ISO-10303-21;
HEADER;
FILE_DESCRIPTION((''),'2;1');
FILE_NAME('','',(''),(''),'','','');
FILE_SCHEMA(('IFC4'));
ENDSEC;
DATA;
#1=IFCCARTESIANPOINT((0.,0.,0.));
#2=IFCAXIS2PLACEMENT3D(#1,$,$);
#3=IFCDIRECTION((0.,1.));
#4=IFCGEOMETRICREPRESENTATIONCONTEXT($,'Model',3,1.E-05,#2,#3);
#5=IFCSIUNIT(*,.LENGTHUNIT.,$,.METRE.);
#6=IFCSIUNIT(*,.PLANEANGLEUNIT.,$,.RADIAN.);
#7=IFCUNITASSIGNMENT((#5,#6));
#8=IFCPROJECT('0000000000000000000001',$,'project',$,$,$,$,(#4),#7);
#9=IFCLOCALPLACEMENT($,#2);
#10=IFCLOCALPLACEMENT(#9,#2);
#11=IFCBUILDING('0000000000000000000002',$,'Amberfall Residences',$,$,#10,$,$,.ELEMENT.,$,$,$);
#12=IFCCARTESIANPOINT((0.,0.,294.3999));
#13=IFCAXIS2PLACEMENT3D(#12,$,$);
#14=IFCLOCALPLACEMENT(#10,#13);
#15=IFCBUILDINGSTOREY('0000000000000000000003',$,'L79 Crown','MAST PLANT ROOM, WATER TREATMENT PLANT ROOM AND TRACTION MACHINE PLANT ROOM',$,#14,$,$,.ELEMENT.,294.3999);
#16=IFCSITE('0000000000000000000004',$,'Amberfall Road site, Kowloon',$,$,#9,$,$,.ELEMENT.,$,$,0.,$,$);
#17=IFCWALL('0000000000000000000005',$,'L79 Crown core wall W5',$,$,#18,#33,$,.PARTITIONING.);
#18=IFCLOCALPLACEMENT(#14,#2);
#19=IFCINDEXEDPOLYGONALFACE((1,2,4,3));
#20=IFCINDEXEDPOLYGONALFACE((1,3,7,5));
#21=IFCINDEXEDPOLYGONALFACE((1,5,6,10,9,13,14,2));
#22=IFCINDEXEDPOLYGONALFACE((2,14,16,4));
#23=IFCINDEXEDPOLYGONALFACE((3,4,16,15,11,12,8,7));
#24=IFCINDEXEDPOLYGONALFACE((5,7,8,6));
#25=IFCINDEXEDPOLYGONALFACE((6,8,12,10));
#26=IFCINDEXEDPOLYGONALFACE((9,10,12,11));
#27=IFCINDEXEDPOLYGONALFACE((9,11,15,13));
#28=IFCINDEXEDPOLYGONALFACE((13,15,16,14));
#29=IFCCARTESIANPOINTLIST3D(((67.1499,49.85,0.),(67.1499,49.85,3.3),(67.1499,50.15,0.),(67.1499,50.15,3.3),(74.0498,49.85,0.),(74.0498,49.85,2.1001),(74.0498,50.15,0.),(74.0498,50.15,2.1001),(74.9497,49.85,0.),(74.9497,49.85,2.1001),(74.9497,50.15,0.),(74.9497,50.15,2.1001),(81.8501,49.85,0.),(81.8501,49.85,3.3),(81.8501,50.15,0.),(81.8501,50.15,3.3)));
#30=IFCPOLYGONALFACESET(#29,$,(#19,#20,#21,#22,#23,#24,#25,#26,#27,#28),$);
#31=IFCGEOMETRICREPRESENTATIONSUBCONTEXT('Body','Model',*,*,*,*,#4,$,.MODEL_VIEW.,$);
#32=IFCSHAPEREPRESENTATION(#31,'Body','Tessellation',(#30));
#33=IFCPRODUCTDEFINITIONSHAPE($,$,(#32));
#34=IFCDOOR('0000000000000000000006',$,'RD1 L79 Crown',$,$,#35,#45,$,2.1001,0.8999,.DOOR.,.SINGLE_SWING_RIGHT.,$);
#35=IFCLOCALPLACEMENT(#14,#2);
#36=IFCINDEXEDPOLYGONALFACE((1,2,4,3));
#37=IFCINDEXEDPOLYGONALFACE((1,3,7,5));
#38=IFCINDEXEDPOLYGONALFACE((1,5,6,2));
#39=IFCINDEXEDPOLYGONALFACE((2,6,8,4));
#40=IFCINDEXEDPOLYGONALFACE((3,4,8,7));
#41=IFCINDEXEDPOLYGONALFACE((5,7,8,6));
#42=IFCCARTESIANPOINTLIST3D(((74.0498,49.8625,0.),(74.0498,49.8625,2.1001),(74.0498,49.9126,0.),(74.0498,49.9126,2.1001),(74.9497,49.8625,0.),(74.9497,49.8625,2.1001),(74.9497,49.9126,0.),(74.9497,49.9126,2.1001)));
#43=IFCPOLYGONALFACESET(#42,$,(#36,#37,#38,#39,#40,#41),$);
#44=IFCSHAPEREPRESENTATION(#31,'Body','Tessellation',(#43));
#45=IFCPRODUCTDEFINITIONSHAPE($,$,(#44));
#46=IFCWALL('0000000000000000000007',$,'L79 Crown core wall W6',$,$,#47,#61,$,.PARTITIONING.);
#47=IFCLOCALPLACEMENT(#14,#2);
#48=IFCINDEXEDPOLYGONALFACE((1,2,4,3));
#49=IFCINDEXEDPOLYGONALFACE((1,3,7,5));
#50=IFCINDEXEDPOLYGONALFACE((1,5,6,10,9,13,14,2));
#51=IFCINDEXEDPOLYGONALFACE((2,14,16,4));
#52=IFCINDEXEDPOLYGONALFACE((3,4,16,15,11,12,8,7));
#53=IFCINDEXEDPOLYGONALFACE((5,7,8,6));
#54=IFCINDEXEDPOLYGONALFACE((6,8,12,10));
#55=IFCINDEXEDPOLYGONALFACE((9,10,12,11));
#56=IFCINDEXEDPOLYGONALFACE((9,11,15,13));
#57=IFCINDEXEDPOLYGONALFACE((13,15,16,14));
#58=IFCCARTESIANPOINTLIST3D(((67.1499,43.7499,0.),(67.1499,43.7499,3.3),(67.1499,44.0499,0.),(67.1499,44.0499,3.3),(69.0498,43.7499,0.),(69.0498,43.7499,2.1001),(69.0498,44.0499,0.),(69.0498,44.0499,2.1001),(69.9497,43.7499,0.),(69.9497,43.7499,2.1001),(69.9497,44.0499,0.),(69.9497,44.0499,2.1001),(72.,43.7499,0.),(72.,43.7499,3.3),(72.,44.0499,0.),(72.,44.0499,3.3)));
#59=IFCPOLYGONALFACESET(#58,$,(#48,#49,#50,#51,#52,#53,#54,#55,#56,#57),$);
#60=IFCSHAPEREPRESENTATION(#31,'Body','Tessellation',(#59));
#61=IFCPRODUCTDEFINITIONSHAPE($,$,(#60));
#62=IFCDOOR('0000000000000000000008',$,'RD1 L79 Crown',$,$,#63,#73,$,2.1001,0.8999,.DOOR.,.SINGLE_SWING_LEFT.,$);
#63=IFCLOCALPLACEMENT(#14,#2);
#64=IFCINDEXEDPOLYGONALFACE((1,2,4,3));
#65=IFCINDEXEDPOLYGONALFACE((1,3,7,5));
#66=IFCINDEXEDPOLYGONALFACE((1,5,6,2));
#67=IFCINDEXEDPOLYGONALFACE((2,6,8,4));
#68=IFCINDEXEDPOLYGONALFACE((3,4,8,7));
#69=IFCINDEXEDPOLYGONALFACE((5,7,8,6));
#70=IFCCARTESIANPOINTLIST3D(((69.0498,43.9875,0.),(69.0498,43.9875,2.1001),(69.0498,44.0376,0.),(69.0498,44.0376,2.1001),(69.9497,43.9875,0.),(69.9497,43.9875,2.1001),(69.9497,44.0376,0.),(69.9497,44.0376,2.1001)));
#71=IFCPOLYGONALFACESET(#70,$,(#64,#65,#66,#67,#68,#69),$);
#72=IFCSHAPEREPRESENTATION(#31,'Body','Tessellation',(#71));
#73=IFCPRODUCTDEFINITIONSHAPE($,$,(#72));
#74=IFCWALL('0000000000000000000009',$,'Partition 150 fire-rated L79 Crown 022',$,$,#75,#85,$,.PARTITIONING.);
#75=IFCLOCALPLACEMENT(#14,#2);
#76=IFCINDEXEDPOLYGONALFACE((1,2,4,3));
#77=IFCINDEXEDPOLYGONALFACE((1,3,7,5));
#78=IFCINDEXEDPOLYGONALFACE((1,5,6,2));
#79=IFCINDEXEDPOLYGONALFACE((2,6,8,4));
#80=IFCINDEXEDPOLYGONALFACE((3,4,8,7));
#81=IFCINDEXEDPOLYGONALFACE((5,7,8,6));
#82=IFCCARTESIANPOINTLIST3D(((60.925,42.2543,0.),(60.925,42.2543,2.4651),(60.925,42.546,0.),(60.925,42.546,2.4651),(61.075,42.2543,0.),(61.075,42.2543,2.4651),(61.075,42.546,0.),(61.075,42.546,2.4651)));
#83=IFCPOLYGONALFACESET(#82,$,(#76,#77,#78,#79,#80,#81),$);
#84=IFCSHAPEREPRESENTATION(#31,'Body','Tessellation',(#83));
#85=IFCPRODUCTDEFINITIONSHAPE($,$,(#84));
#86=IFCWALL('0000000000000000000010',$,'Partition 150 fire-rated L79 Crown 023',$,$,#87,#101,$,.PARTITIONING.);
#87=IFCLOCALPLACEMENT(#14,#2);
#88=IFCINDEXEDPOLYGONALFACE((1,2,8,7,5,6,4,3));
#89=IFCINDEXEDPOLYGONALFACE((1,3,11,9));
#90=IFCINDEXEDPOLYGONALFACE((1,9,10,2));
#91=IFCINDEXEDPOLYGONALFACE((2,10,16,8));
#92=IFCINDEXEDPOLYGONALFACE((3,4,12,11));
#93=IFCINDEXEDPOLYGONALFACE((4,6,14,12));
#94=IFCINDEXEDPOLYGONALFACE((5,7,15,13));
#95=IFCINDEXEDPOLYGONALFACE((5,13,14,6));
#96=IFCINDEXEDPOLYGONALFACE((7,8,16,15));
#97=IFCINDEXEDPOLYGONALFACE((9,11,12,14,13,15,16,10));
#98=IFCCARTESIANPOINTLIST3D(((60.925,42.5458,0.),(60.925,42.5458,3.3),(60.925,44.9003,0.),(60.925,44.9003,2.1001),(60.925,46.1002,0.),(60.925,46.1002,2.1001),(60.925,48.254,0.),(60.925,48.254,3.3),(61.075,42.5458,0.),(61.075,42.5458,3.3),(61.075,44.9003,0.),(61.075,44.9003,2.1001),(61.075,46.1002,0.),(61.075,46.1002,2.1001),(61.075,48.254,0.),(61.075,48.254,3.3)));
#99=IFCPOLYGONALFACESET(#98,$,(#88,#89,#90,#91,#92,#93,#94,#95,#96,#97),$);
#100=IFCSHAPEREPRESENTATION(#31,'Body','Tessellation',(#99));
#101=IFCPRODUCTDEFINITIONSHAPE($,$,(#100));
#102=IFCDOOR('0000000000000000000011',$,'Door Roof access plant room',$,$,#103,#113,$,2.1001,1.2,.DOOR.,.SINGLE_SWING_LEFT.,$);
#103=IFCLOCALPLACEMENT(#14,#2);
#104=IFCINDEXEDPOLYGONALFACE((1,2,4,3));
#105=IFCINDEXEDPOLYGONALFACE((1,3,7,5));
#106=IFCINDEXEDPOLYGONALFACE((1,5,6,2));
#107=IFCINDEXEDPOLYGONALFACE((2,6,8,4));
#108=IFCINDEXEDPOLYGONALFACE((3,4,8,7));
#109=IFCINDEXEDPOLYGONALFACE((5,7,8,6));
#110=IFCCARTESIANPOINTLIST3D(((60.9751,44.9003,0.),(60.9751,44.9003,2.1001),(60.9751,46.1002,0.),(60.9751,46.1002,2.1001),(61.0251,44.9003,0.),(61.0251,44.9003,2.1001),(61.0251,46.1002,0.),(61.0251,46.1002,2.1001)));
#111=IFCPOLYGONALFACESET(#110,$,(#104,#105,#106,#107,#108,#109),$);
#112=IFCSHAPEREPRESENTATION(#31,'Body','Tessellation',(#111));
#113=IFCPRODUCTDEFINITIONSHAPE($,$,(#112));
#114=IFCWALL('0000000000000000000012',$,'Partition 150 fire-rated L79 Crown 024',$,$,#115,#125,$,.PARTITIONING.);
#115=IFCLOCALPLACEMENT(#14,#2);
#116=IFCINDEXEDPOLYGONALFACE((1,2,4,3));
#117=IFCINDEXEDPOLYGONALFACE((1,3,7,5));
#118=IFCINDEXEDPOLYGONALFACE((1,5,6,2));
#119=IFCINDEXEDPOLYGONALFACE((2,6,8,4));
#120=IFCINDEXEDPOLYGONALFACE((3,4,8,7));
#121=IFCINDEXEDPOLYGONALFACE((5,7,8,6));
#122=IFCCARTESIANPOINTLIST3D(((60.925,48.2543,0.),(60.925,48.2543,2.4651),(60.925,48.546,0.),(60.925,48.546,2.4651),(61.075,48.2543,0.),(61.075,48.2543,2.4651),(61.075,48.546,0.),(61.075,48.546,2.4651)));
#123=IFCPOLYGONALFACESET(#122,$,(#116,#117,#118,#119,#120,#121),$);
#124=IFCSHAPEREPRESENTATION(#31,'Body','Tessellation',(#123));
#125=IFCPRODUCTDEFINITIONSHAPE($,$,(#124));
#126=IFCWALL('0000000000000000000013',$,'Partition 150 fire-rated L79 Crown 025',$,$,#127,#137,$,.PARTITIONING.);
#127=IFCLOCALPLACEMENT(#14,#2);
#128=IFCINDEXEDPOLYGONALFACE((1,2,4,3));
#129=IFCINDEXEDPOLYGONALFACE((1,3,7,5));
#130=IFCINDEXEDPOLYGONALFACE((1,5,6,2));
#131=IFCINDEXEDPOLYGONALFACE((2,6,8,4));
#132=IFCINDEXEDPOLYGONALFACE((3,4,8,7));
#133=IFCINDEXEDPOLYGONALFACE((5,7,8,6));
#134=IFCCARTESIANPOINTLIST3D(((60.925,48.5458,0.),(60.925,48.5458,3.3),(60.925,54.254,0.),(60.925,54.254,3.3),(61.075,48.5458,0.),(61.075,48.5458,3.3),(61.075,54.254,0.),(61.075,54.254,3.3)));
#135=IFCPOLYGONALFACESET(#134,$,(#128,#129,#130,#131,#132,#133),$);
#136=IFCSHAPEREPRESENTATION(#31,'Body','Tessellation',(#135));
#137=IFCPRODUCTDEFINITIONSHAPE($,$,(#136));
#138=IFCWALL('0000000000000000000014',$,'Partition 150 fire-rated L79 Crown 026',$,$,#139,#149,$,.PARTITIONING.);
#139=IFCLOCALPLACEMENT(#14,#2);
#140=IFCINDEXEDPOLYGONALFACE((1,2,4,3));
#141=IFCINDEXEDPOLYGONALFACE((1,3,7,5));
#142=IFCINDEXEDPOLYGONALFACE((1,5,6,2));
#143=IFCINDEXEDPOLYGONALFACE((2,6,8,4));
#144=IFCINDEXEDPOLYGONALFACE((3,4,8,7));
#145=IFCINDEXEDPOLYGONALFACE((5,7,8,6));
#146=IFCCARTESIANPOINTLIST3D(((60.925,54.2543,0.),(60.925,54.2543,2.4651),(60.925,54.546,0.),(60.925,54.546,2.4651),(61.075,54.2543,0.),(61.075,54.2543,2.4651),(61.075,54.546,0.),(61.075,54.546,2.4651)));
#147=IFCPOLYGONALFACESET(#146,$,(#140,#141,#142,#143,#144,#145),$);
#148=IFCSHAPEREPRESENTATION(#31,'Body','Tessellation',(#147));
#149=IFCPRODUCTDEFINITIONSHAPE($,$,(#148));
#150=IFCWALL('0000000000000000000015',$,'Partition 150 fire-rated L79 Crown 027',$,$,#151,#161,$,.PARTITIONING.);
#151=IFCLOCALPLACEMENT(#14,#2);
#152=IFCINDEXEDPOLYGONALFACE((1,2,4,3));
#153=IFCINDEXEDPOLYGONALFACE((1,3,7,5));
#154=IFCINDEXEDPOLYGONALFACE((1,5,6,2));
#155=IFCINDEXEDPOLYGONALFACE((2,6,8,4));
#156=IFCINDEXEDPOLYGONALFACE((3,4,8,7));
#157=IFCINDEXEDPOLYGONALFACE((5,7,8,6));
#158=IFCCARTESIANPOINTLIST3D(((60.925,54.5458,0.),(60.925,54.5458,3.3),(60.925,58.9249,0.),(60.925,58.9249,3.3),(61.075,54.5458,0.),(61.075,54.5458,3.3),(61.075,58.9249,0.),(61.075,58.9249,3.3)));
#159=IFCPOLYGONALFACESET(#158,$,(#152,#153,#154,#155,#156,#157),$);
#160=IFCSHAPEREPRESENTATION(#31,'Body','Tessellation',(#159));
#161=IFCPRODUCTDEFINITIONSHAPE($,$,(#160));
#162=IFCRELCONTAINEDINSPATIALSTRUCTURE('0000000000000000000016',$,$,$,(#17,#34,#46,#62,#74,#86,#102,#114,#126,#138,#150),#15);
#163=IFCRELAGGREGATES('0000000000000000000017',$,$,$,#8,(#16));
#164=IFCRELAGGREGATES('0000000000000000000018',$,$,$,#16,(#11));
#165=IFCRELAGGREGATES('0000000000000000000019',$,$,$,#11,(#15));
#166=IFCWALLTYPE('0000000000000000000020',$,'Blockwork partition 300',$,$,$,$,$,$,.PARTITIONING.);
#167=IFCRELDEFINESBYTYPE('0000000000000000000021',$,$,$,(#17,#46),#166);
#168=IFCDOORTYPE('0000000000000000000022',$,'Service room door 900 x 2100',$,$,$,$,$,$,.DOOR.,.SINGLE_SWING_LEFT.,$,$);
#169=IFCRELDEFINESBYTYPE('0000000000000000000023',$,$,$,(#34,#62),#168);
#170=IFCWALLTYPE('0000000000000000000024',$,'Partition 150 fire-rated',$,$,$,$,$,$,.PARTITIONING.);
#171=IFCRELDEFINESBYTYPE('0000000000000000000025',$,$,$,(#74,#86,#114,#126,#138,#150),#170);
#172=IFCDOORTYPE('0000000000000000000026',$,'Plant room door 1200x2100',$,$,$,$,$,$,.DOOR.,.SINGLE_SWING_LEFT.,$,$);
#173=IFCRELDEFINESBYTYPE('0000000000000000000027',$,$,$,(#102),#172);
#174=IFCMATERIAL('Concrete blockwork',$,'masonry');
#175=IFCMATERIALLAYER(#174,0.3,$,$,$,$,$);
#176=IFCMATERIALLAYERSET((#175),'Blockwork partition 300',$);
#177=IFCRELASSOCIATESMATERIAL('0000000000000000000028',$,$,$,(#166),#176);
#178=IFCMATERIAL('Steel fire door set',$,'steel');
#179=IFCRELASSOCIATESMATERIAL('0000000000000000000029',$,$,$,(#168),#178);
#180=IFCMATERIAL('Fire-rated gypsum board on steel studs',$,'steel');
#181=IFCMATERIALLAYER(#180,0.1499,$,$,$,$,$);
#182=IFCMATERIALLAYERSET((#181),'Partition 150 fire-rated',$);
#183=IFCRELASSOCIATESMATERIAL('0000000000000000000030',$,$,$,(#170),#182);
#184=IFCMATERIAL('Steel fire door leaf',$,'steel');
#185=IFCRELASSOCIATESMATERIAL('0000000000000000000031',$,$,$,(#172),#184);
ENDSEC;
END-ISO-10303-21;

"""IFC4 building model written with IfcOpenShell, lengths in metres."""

from ifc_helpers import new_model, si_unit, direction, frame, frame_2d, origin, place, context, subcontext, project, spatial, rectangle, extrude, material, layer, layer_set, type_object, element, fill, save


model = new_model("IFC4")

# Units and contexts
model_context = context("Model", 3, precision=1e-05, world=origin(), true_north=direction((0.0, 1.0)))
body_context = subcontext(model_context, "Body", "Model", "MODEL_VIEW")
ifc_project = project(units=[si_unit("LENGTHUNIT", "METRE"), si_unit("PLANEANGLEUNIT", "RADIAN")], contexts=[model_context])

# Site, building, storey
site_placement = place(None, origin())
site = spatial("IfcSite", under=ifc_project, at=site_placement, Name="Amberfall Road site, Kowloon", CompositionType="ELEMENT", RefElevation=0.0)
building_placement = place(site_placement, origin())
building = spatial("IfcBuilding", under=site, at=building_placement, Name="Amberfall Residences", CompositionType="ELEMENT")
storey_placement = place(building_placement, frame((0.0, 0.0, 294.3999)))
storey = spatial("IfcBuildingStorey", under=building, at=storey_placement, Name="L79 Crown", Description="MAST PLANT ROOM, WATER TREATMENT PLANT ROOM AND TRACTION MACHINE PLANT ROOM", CompositionType="ELEMENT", Elevation=294.3999)

# Walls, openings, doors
ifc_material_1 = material(Name="Concrete blockwork", Category="masonry")
ifc_layer_1 = layer(ifc_material_1, 0.3)
ifc_layer_set_1 = layer_set([ifc_layer_1], Name="Blockwork partition 300")
wall_type_1 = type_object("IfcWallType", Name="Blockwork partition 300", PredefinedType="PARTITIONING", material=ifc_layer_set_1)
wall_1_placement = place(storey_placement, frame((67.1499, 50.0, 0.0), z_axis=(0.0, 0.0, 1.0), x_axis=(1.0, 0.0, 0.0)))
wall_1 = element("IfcWall", 1, at=wall_1_placement, inside=storey, type_object=wall_type_1, Name="L79 Crown core wall W5", PredefinedType="PARTITIONING", context=body_context, shape_type="SweptSolid", body=[
    extrude(rectangle(XDim=14.7002, YDim=0.3, at=frame_2d((7.3501, 0.0))), origin(), (0.0, 0.0, 1.0), 3.3),
])
opening_1_placement = place(wall_1_placement, frame((6.8999, 0.0, 0.0)))
opening_1 = element("IfcOpeningElement", 2, at=opening_1_placement, cuts=wall_1, PredefinedType="OPENING", context=body_context, shape_type="SweptSolid", body=[
    extrude(rectangle(XDim=0.8999, YDim=2.1001, at=frame_2d((0.45, 1.05))), frame((0.0, 0.1599, 0.0), z_axis=(0.0, -1.0, 0.0), x_axis=(1.0, 0.0, 0.0)), (0.0, 0.0, 1.0), 0.3201),
])
ifc_material_2 = material(Name="Steel fire door set", Category="steel")
door_type_1 = type_object("IfcDoorType", Name="Service room door 900 x 2100", OperationType="SINGLE_SWING_LEFT", PredefinedType="DOOR", material=ifc_material_2)
door_1_placement = place(opening_1_placement, origin())
door_1 = element("IfcDoor", 3, at=door_1_placement, inside=storey, type_object=door_type_1, Name="RD1 L79 Crown", OperationType="SINGLE_SWING_RIGHT", OverallHeight=2.1001, OverallWidth=0.8999, PredefinedType="DOOR", context=body_context, shape_type="SweptSolid", body=[
    extrude(rectangle(XDim=0.8999, YDim=2.1001, at=frame_2d((0.45, 1.05))), frame((0.0, -0.0874, 0.0), z_axis=(0.0, -1.0, 0.0), x_axis=(1.0, 0.0, 0.0)), (0.0, 0.0, 1.0), 0.05),
])
fill(opening_1, door_1)
wall_2_placement = place(storey_placement, frame((67.1499, 43.8999, 0.0), z_axis=(0.0, 0.0, 1.0), x_axis=(1.0, 0.0, 0.0)))
wall_2 = element("IfcWall", 4, at=wall_2_placement, inside=storey, type_object=wall_type_1, Name="L79 Crown core wall W6", PredefinedType="PARTITIONING", context=body_context, shape_type="SweptSolid", body=[
    extrude(rectangle(XDim=4.8501, YDim=0.3, at=frame_2d((2.425, 0.0))), origin(), (0.0, 0.0, 1.0), 3.3),
])
opening_2_placement = place(wall_2_placement, frame((1.8999, 0.0, 0.0)))
opening_2 = element("IfcOpeningElement", 5, at=opening_2_placement, cuts=wall_2, PredefinedType="OPENING", context=body_context, shape_type="SweptSolid", body=[
    extrude(rectangle(XDim=0.8999, YDim=2.1001, at=frame_2d((0.45, 1.05))), frame((0.0, 0.1599, 0.0), z_axis=(0.0, -1.0, 0.0), x_axis=(1.0, 0.0, 0.0)), (0.0, 0.0, 1.0), 0.3201),
])
door_2_placement = place(opening_2_placement, origin())
door_2 = element("IfcDoor", 6, at=door_2_placement, inside=storey, type_object=door_type_1, Name="RD1 L79 Crown", OperationType="SINGLE_SWING_LEFT", OverallHeight=2.1001, OverallWidth=0.8999, PredefinedType="DOOR", context=body_context, shape_type="SweptSolid", body=[
    extrude(rectangle(XDim=0.8999, YDim=2.1001, at=frame_2d((0.45, 1.05))), frame((0.0, 0.1377, 0.0), z_axis=(0.0, -1.0, 0.0), x_axis=(1.0, 0.0, 0.0)), (0.0, 0.0, 1.0), 0.05),
])
fill(opening_2, door_2)

# Wall
ifc_material_3 = material(Name="Fire-rated gypsum board on steel studs", Category="steel")
ifc_layer_2 = layer(ifc_material_3, 0.1499)
ifc_layer_set_2 = layer_set([ifc_layer_2], Name="Partition 150 fire-rated")
wall_type_2 = type_object("IfcWallType", Name="Partition 150 fire-rated", PredefinedType="PARTITIONING", material=ifc_layer_set_2)
wall_3_placement = place(storey_placement, frame((61.0, 42.2542, 0.0), z_axis=(0.0, 0.0, 1.0), x_axis=(0.0, 1.0, 0.0)))
element("IfcWall", 7, at=wall_3_placement, inside=storey, type_object=wall_type_2, Name="Partition 150 fire-rated L79 Crown 022", PredefinedType="PARTITIONING", context=body_context, shape_type="SweptSolid", body=[
    extrude(rectangle(XDim=0.2917, YDim=0.1499, at=frame_2d((0.146, 0.0))), origin(), (0.0, 0.0, 1.0), 2.4651),
])

# Wall, opening, door
wall_4_placement = place(storey_placement, frame((61.0, 42.5459, 0.0), z_axis=(0.0, 0.0, 1.0), x_axis=(0.0, 1.0, 0.0)))
wall_4 = element("IfcWall", 8, at=wall_4_placement, inside=storey, type_object=wall_type_2, Name="Partition 150 fire-rated L79 Crown 023", PredefinedType="PARTITIONING", context=body_context, shape_type="SweptSolid", body=[
    extrude(rectangle(XDim=5.7083, YDim=0.1499, at=frame_2d((2.854, 0.0))), origin(), (0.0, 0.0, 1.0), 3.3),
])
opening_3_placement = place(wall_4_placement, frame((2.3542, 0.0, 0.0)))
opening_3 = element("IfcOpeningElement", 9, at=opening_3_placement, cuts=wall_4, PredefinedType="OPENING", context=body_context, shape_type="SweptSolid", body=[
    extrude(rectangle(XDim=1.2, YDim=2.1001, at=frame_2d((0.6001, 1.05))), frame((0.0, 0.085, 0.0), z_axis=(0.0, -1.0, 0.0), x_axis=(1.0, 0.0, 0.0)), (0.0, 0.0, 1.0), 0.1699),
])
ifc_material_4 = material(Name="Steel fire door leaf", Category="steel")
door_type_2 = type_object("IfcDoorType", Name="Plant room door 1200x2100", OperationType="SINGLE_SWING_LEFT", PredefinedType="DOOR", material=ifc_material_4)
door_3_placement = place(opening_3_placement, origin())
door_3 = element("IfcDoor", 10, at=door_3_placement, inside=storey, type_object=door_type_2, Name="Door Roof access plant room", OperationType="SINGLE_SWING_LEFT", OverallHeight=2.1001, OverallWidth=1.2, PredefinedType="DOOR", context=body_context, shape_type="SweptSolid", body=[
    extrude(rectangle(XDim=1.2, YDim=2.1001, at=frame_2d((0.6001, 1.05))), frame((0.0, 0.0249, 0.0), z_axis=(0.0, -1.0, 0.0), x_axis=(1.0, 0.0, 0.0)), (0.0, 0.0, 1.0), 0.05),
])
fill(opening_3, door_3)

# Walls
wall_5_placement = place(storey_placement, frame((61.0, 48.2542, 0.0), z_axis=(0.0, 0.0, 1.0), x_axis=(0.0, 1.0, 0.0)))
element("IfcWall", 11, at=wall_5_placement, inside=storey, type_object=wall_type_2, Name="Partition 150 fire-rated L79 Crown 024", PredefinedType="PARTITIONING", context=body_context, shape_type="SweptSolid", body=[
    extrude(rectangle(XDim=0.2917, YDim=0.1499, at=frame_2d((0.146, 0.0))), origin(), (0.0, 0.0, 1.0), 2.4651),
])
wall_6_placement = place(storey_placement, frame((61.0, 48.5459, 0.0), z_axis=(0.0, 0.0, 1.0), x_axis=(0.0, 1.0, 0.0)))
element("IfcWall", 12, at=wall_6_placement, inside=storey, type_object=wall_type_2, Name="Partition 150 fire-rated L79 Crown 025", PredefinedType="PARTITIONING", context=body_context, shape_type="SweptSolid", body=[
    extrude(rectangle(XDim=5.7083, YDim=0.1499, at=frame_2d((2.854, 0.0))), origin(), (0.0, 0.0, 1.0), 3.3),
])
wall_7_placement = place(storey_placement, frame((61.0, 54.2542, 0.0), z_axis=(0.0, 0.0, 1.0), x_axis=(0.0, 1.0, 0.0)))
element("IfcWall", 13, at=wall_7_placement, inside=storey, type_object=wall_type_2, Name="Partition 150 fire-rated L79 Crown 026", PredefinedType="PARTITIONING", context=body_context, shape_type="SweptSolid", body=[
    extrude(rectangle(XDim=0.2917, YDim=0.1499, at=frame_2d((0.146, 0.0))), origin(), (0.0, 0.0, 1.0), 2.4651),
])
wall_8_placement = place(storey_placement, frame((61.0, 54.5459, 0.0), z_axis=(0.0, 0.0, 1.0), x_axis=(0.0, 1.0, 0.0)))
element("IfcWall", 14, at=wall_8_placement, inside=storey, type_object=wall_type_2, Name="Partition 150 fire-rated L79 Crown 027", PredefinedType="PARTITIONING", context=body_context, shape_type="SweptSolid", body=[
    extrude(rectangle(XDim=4.3792, YDim=0.1499, at=frame_2d((2.1895, 0.0))), origin(), (0.0, 0.0, 1.0), 3.3),
])

save(model, "model.ifc")
